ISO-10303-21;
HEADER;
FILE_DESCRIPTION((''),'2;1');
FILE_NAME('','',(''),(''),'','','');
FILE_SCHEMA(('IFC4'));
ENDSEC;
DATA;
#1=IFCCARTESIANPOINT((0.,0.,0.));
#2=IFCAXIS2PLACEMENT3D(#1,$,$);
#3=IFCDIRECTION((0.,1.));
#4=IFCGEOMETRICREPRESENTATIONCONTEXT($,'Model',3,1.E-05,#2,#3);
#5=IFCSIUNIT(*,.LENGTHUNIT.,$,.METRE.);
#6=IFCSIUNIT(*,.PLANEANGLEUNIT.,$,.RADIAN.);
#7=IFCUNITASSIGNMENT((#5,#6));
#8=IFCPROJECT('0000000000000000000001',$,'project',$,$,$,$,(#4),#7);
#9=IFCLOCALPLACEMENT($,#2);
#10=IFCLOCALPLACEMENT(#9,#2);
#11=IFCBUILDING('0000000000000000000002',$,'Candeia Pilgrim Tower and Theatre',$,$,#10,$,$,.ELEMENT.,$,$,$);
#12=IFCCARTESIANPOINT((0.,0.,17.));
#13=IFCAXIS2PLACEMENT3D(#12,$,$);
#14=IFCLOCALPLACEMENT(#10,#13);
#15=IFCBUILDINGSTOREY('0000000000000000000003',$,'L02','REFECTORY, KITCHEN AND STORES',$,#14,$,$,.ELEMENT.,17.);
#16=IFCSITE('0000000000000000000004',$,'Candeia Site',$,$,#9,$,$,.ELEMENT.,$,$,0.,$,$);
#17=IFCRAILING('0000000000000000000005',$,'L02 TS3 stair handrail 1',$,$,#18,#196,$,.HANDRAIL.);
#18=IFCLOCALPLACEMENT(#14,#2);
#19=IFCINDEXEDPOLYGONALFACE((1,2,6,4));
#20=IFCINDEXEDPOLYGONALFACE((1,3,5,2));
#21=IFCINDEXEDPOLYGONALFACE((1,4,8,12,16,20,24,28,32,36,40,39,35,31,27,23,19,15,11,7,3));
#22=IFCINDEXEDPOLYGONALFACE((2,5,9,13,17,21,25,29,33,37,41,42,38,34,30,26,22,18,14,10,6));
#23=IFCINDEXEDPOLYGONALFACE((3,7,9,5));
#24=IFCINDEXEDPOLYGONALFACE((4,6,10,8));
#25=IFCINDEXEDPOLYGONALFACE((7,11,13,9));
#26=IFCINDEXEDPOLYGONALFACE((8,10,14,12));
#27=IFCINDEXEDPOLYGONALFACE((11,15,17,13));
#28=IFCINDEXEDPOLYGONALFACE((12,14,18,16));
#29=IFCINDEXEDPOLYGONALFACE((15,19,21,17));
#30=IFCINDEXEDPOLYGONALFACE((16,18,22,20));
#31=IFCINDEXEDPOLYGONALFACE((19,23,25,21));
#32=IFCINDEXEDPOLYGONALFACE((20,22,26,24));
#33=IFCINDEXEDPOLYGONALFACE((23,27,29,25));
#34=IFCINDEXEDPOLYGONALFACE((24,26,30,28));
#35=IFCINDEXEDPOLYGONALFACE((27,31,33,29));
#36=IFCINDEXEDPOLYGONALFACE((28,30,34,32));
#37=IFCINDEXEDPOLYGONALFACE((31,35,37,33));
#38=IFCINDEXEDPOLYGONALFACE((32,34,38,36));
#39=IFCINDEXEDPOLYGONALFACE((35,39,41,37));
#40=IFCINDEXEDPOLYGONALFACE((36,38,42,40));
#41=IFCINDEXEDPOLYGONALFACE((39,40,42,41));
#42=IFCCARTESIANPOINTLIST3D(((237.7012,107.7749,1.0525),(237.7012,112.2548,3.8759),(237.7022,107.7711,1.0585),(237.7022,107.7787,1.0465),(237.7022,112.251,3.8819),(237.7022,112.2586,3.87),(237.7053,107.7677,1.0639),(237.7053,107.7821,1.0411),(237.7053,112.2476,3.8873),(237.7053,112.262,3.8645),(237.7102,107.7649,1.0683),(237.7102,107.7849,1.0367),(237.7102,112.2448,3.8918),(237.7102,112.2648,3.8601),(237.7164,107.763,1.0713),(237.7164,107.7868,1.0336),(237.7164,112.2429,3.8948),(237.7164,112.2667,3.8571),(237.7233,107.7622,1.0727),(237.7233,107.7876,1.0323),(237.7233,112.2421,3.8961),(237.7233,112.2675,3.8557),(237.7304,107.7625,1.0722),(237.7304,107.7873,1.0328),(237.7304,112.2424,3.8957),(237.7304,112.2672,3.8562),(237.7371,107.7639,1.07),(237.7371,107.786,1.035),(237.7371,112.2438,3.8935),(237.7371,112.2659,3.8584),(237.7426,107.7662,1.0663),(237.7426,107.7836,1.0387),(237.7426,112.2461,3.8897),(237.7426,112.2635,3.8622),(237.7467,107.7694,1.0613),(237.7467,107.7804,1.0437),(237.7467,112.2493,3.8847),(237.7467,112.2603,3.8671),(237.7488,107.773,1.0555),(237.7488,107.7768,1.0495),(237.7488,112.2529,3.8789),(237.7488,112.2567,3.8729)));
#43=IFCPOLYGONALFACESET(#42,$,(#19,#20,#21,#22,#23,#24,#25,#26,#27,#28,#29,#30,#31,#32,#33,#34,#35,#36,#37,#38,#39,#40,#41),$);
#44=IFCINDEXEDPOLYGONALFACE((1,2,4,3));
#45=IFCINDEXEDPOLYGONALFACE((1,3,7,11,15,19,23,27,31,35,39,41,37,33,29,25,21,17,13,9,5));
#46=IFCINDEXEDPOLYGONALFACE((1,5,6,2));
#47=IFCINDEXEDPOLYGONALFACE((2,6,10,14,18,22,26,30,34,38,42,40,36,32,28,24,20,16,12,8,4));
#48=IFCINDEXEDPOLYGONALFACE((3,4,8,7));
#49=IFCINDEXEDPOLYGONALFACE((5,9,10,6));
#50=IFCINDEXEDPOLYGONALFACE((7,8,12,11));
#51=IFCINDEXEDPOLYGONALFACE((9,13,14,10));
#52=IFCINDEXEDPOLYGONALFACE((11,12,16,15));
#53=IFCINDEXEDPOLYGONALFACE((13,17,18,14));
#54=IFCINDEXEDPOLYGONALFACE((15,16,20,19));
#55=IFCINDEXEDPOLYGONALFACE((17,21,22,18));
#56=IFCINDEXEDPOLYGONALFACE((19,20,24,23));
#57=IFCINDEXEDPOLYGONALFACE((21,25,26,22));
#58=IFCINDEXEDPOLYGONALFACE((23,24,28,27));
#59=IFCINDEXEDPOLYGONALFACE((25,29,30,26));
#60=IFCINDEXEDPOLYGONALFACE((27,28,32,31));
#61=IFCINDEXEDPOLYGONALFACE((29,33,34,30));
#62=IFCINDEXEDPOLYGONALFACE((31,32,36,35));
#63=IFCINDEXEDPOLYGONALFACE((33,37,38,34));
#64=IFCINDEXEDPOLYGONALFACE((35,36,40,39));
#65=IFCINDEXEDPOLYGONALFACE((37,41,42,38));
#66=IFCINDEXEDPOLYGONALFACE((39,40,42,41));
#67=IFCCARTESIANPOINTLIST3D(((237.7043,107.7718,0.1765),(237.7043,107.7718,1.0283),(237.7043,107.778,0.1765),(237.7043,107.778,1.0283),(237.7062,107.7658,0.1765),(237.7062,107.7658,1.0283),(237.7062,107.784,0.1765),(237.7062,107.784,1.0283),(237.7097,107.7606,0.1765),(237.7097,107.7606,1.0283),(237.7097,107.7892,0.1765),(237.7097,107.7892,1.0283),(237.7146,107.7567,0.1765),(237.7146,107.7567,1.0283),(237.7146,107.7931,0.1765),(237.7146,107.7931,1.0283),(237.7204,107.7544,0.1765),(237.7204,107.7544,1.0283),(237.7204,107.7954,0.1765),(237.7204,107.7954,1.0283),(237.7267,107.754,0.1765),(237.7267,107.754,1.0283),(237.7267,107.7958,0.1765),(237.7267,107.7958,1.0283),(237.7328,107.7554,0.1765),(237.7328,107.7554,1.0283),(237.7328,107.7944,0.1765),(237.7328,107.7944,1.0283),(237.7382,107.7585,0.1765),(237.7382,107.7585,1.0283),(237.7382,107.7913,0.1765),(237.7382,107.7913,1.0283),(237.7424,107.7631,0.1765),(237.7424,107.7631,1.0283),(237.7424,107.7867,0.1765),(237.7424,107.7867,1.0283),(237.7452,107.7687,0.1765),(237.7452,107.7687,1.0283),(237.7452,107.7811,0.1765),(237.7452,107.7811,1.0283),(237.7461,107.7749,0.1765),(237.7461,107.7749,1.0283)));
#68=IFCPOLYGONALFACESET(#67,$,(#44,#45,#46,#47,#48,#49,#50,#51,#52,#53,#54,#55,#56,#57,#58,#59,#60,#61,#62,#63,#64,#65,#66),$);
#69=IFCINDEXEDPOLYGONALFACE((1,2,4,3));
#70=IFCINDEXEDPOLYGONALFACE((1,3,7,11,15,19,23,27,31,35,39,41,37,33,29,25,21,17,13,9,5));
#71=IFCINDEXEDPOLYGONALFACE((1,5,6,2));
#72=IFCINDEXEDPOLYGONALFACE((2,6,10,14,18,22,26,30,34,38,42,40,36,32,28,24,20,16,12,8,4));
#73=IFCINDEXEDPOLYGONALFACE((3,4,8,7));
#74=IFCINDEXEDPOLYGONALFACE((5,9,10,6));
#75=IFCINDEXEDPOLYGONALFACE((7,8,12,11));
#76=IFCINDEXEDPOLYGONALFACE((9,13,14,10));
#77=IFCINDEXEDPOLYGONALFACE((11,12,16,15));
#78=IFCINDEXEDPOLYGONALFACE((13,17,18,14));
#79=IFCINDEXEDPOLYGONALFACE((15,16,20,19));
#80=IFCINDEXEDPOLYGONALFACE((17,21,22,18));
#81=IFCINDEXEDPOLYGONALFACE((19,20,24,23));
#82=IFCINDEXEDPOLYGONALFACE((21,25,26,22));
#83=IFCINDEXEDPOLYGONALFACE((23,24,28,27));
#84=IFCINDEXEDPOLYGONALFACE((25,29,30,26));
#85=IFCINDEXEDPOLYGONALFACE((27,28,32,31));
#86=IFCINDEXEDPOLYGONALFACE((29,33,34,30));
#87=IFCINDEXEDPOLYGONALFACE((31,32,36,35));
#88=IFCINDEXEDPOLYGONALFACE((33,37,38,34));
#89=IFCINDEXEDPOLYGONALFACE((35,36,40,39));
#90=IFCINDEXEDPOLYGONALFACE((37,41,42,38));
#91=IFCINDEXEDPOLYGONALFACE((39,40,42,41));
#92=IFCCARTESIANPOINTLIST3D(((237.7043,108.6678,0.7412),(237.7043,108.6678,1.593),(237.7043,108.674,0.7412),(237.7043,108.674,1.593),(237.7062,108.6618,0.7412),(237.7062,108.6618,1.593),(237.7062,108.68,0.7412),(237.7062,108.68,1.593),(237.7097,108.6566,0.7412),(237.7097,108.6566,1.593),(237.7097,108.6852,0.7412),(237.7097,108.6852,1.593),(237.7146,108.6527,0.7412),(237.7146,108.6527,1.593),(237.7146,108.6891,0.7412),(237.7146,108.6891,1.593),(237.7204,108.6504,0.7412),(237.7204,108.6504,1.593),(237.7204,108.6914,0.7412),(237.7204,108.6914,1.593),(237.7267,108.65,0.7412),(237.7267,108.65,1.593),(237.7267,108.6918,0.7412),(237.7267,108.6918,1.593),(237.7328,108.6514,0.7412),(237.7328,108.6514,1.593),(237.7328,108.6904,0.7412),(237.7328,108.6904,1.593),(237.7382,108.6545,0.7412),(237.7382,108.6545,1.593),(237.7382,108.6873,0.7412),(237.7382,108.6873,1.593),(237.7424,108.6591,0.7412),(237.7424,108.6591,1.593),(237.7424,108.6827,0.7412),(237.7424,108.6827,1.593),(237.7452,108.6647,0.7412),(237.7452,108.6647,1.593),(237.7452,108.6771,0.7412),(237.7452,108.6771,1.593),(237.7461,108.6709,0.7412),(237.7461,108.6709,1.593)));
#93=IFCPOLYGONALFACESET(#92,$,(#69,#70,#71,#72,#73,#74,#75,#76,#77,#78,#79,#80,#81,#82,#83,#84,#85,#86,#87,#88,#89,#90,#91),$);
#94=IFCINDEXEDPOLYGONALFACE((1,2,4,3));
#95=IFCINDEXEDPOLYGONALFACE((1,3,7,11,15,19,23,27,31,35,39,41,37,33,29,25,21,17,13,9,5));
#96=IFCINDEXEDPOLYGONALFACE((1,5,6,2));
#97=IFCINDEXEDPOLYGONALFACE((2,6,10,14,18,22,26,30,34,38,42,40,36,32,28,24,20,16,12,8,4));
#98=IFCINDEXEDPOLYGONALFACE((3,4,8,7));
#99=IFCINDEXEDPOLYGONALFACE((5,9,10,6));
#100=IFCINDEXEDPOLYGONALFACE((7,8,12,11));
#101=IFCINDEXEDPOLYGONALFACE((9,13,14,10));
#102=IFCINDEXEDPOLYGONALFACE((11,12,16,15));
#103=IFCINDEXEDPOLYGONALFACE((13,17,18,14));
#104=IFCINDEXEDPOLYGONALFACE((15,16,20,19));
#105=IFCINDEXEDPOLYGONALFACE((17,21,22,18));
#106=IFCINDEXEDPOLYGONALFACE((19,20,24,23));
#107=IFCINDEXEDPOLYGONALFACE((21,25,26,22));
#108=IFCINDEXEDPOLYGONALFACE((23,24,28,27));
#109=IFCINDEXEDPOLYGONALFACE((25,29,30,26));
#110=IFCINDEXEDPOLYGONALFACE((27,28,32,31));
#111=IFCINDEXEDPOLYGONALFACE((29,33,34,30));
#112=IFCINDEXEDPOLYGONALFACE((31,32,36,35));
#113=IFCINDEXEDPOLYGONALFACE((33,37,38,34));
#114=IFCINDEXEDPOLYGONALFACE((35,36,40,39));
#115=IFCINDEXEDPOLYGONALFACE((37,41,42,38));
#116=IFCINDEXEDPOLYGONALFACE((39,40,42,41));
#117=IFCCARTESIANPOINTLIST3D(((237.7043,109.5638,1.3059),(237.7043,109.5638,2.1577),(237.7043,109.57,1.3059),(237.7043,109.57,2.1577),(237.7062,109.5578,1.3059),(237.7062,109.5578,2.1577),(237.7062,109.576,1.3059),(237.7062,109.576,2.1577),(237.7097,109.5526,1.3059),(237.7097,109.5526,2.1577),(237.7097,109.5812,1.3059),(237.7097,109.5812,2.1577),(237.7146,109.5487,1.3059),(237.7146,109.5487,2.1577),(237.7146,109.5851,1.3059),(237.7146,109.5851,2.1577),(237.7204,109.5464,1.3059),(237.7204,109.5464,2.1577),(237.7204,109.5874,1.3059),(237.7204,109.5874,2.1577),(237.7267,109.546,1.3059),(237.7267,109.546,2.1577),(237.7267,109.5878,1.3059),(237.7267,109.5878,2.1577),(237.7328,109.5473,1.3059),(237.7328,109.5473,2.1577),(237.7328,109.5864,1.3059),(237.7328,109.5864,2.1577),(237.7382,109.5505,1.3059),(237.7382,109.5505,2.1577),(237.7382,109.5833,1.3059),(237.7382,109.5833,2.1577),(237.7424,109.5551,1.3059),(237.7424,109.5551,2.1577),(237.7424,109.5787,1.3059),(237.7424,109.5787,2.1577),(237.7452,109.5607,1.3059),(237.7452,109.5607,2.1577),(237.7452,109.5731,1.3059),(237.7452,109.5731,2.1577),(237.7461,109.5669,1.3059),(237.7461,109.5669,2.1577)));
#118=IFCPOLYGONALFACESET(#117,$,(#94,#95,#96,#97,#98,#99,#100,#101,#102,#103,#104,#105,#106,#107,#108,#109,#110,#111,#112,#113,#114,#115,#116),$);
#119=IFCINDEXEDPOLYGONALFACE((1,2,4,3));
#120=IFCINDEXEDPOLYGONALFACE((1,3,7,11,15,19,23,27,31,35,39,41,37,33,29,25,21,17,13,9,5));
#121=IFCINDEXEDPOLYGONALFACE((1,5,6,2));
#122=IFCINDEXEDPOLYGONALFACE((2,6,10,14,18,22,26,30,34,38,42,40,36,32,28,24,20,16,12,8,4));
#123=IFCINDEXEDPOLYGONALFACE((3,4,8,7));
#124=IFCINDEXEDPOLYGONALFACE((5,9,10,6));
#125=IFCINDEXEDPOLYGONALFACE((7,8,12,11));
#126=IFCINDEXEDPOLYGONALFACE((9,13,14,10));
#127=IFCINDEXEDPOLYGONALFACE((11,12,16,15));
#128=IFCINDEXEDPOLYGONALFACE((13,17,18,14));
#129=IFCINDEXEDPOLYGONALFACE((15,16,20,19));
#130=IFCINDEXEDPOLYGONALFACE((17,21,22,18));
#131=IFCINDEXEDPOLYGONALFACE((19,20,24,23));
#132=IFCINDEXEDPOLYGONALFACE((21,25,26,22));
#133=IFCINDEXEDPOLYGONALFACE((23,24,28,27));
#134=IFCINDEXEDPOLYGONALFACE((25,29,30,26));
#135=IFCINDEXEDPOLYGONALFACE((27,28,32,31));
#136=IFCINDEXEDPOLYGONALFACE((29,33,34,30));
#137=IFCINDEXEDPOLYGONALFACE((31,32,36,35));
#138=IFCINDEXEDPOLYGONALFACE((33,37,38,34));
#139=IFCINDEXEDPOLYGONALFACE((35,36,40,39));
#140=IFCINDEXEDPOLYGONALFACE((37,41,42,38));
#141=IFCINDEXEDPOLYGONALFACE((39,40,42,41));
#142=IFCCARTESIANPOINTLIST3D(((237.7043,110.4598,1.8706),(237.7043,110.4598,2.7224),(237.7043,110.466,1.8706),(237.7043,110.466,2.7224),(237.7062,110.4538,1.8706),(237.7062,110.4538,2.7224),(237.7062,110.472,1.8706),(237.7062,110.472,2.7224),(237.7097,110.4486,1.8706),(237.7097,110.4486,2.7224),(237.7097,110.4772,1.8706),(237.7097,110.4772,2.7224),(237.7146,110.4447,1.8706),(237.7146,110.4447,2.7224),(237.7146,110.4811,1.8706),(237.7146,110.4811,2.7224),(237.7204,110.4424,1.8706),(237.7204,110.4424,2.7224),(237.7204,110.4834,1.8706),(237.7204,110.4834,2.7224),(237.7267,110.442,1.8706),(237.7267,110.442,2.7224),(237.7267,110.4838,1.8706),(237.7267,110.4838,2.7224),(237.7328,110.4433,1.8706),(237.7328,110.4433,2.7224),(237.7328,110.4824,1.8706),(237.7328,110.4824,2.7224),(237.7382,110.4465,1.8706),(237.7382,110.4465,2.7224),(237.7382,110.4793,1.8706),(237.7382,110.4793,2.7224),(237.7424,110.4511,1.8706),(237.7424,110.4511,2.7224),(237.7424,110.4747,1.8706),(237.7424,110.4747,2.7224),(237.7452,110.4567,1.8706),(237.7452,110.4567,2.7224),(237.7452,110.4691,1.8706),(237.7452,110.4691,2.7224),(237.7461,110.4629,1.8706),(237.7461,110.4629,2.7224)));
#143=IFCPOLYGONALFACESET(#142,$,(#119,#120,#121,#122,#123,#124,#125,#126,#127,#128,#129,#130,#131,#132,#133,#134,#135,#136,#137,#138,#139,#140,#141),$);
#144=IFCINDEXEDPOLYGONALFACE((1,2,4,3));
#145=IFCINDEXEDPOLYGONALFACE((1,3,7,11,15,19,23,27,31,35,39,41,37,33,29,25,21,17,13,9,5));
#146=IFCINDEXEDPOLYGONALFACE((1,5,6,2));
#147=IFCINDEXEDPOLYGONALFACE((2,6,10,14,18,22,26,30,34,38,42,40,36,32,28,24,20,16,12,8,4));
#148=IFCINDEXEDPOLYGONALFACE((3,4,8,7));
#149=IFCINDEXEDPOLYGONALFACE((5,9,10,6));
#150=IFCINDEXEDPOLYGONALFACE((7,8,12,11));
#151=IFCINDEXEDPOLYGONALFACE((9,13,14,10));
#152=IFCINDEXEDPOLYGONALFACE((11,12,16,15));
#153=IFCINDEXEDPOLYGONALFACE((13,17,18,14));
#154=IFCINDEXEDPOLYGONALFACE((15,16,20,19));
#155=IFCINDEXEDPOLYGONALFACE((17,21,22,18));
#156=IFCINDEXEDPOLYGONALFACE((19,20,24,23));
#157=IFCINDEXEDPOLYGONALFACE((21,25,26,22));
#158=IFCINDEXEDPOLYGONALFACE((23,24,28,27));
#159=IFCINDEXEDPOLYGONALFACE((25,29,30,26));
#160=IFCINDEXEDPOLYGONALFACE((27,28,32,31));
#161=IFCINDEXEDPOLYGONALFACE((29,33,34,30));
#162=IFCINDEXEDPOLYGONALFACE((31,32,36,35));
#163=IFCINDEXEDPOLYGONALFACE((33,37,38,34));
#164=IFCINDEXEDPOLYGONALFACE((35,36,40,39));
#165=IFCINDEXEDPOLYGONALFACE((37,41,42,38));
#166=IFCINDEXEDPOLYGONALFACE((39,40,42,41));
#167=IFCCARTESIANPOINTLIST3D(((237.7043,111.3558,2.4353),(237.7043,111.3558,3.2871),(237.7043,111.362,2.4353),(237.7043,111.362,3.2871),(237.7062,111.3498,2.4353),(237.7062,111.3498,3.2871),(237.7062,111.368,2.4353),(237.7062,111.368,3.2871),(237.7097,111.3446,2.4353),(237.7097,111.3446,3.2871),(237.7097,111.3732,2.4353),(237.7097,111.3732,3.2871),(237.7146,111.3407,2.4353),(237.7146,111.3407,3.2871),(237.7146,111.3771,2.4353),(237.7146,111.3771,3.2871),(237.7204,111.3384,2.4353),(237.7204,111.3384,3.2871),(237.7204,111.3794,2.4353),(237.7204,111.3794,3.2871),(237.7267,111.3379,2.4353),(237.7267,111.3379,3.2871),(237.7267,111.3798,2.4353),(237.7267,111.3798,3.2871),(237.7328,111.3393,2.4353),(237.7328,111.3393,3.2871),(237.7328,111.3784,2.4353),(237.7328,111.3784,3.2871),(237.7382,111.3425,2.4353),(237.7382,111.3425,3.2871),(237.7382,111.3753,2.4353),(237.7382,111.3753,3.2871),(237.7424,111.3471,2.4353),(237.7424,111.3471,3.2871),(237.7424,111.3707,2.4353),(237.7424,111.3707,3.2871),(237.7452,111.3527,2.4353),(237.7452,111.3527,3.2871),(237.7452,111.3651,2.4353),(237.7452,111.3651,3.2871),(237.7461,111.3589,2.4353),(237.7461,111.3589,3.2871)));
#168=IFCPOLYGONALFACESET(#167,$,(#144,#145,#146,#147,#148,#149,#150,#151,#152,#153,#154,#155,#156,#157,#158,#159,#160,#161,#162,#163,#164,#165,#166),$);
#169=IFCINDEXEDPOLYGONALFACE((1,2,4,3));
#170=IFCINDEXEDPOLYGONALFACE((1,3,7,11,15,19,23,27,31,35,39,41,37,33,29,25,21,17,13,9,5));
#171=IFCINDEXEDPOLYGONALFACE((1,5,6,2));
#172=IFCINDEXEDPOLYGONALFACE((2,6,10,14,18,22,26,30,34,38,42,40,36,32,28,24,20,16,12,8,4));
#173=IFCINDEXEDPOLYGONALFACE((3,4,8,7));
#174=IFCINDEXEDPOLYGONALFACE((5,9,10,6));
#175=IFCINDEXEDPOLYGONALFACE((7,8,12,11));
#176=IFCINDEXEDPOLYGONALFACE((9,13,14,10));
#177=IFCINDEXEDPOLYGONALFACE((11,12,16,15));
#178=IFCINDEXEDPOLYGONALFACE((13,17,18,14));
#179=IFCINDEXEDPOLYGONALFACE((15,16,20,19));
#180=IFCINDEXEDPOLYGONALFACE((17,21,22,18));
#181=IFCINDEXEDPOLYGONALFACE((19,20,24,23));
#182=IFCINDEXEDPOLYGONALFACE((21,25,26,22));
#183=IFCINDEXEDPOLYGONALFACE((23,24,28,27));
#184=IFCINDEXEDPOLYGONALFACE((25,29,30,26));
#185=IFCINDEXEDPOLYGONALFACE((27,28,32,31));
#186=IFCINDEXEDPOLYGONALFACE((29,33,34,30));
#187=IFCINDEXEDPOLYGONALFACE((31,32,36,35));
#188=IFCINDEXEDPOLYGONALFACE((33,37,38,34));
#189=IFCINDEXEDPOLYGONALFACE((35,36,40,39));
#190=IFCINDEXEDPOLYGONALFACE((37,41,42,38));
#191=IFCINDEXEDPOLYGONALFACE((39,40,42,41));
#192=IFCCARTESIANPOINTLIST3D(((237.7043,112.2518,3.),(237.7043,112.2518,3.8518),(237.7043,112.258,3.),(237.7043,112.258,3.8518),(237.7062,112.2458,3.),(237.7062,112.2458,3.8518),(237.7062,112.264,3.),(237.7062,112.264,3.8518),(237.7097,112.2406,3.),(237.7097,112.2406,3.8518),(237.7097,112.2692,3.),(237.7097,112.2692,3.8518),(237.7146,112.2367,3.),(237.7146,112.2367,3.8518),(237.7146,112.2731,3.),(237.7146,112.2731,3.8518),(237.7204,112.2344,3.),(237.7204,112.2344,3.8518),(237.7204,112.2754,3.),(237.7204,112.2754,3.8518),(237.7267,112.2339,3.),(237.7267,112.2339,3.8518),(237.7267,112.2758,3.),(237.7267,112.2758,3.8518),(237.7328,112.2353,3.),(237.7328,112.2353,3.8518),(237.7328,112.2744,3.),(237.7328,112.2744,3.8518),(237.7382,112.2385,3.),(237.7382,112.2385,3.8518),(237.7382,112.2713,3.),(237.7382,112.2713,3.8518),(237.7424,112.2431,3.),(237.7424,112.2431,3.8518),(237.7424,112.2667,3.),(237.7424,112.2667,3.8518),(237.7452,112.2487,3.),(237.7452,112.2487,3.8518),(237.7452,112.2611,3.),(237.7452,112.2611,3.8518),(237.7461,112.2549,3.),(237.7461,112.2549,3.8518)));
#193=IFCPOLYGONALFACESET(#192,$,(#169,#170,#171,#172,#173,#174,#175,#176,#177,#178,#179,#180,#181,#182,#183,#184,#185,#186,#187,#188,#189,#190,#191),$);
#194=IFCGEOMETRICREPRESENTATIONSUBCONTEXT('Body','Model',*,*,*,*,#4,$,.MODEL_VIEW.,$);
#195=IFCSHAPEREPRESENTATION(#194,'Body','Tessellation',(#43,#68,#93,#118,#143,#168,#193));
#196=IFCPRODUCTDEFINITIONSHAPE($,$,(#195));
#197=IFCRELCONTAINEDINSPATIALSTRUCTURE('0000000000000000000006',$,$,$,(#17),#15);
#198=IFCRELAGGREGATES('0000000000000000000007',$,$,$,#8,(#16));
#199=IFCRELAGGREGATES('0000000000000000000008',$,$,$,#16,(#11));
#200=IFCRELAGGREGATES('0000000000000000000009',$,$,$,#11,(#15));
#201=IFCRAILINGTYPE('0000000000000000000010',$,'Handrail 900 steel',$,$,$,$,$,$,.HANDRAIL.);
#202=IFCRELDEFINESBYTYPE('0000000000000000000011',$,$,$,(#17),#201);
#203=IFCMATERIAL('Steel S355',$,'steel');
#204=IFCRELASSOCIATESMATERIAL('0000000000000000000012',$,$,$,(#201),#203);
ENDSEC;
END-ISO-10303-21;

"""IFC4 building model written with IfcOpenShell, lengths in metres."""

from ifc_helpers import new_model, si_unit, direction, frame, origin, origin_2d, place, context, subcontext, project, spatial, circle, extrude, material, type_object, element, save


model = new_model("IFC4")

# Units and contexts
model_context = context("Model", 3, precision=1e-05, world=origin(), true_north=direction((0.0, 1.0)))
body_context = subcontext(model_context, "Body", "Model", "MODEL_VIEW")
ifc_project = project(units=[si_unit("LENGTHUNIT", "METRE"), si_unit("PLANEANGLEUNIT", "RADIAN")], contexts=[model_context])

# Site, building, storey
site_placement = place(None, origin())
site = spatial("IfcSite", under=ifc_project, at=site_placement, Name="Candeia Site", CompositionType="ELEMENT", RefElevation=0.0)
building_placement = place(site_placement, origin())
building = spatial("IfcBuilding", under=site, at=building_placement, Name="Candeia Pilgrim Tower and Theatre", CompositionType="ELEMENT")
storey_placement = place(building_placement, frame((0.0, 0.0, 17.0)))
storey = spatial("IfcBuildingStorey", under=building, at=storey_placement, Name="L02", Description="REFECTORY, KITCHEN AND STORES", CompositionType="ELEMENT", Elevation=17.0)

# Railing
ifc_material_1 = material(Name="Steel S355", Category="steel")
railing_type_1 = type_object("IfcRailingType", Name="Handrail 900 steel", PredefinedType="HANDRAIL", material=ifc_material_1)
for number, where, name in (
    (1, (237.7251, 107.7749, 0.1765), "L02 TS3 stair handrail 1"),
):
    element("IfcRailing", number, at=place(storey_placement, frame(where)), inside=storey, type_object=railing_type_1, Name=name, PredefinedType="HANDRAIL", context=body_context, shape_type="SweptSolid", body=[
        extrude(circle(Radius=0.0239, at=origin_2d()), frame((0.0, 0.0, 0.876), z_axis=(0.0, 0.845998, 0.533186), x_axis=(-1.0, 0.0, 0.0)), (0.0, 0.0, 1.0), 5.2954),
        extrude(circle(Radius=0.021, at=origin_2d()), origin(), (0.0, 0.0, 1.0), 0.8518),
        extrude(circle(Radius=0.021, at=origin_2d()), frame((0.0, 0.896, 0.5647)), (0.0, 0.0, 1.0), 0.8518),
        extrude(circle(Radius=0.021, at=origin_2d()), frame((0.0, 1.792, 1.1294)), (0.0, 0.0, 1.0), 0.8518),
        extrude(circle(Radius=0.021, at=origin_2d()), frame((0.0, 2.688, 1.6941)), (0.0, 0.0, 1.0), 0.8518),
        extrude(circle(Radius=0.021, at=origin_2d()), frame((0.0, 3.584, 2.2588)), (0.0, 0.0, 1.0), 0.8518),
        extrude(circle(Radius=0.021, at=origin_2d()), frame((0.0, 4.48, 2.8235)), (0.0, 0.0, 1.0), 0.8518),
    ])

save(model, "model.ifc")
